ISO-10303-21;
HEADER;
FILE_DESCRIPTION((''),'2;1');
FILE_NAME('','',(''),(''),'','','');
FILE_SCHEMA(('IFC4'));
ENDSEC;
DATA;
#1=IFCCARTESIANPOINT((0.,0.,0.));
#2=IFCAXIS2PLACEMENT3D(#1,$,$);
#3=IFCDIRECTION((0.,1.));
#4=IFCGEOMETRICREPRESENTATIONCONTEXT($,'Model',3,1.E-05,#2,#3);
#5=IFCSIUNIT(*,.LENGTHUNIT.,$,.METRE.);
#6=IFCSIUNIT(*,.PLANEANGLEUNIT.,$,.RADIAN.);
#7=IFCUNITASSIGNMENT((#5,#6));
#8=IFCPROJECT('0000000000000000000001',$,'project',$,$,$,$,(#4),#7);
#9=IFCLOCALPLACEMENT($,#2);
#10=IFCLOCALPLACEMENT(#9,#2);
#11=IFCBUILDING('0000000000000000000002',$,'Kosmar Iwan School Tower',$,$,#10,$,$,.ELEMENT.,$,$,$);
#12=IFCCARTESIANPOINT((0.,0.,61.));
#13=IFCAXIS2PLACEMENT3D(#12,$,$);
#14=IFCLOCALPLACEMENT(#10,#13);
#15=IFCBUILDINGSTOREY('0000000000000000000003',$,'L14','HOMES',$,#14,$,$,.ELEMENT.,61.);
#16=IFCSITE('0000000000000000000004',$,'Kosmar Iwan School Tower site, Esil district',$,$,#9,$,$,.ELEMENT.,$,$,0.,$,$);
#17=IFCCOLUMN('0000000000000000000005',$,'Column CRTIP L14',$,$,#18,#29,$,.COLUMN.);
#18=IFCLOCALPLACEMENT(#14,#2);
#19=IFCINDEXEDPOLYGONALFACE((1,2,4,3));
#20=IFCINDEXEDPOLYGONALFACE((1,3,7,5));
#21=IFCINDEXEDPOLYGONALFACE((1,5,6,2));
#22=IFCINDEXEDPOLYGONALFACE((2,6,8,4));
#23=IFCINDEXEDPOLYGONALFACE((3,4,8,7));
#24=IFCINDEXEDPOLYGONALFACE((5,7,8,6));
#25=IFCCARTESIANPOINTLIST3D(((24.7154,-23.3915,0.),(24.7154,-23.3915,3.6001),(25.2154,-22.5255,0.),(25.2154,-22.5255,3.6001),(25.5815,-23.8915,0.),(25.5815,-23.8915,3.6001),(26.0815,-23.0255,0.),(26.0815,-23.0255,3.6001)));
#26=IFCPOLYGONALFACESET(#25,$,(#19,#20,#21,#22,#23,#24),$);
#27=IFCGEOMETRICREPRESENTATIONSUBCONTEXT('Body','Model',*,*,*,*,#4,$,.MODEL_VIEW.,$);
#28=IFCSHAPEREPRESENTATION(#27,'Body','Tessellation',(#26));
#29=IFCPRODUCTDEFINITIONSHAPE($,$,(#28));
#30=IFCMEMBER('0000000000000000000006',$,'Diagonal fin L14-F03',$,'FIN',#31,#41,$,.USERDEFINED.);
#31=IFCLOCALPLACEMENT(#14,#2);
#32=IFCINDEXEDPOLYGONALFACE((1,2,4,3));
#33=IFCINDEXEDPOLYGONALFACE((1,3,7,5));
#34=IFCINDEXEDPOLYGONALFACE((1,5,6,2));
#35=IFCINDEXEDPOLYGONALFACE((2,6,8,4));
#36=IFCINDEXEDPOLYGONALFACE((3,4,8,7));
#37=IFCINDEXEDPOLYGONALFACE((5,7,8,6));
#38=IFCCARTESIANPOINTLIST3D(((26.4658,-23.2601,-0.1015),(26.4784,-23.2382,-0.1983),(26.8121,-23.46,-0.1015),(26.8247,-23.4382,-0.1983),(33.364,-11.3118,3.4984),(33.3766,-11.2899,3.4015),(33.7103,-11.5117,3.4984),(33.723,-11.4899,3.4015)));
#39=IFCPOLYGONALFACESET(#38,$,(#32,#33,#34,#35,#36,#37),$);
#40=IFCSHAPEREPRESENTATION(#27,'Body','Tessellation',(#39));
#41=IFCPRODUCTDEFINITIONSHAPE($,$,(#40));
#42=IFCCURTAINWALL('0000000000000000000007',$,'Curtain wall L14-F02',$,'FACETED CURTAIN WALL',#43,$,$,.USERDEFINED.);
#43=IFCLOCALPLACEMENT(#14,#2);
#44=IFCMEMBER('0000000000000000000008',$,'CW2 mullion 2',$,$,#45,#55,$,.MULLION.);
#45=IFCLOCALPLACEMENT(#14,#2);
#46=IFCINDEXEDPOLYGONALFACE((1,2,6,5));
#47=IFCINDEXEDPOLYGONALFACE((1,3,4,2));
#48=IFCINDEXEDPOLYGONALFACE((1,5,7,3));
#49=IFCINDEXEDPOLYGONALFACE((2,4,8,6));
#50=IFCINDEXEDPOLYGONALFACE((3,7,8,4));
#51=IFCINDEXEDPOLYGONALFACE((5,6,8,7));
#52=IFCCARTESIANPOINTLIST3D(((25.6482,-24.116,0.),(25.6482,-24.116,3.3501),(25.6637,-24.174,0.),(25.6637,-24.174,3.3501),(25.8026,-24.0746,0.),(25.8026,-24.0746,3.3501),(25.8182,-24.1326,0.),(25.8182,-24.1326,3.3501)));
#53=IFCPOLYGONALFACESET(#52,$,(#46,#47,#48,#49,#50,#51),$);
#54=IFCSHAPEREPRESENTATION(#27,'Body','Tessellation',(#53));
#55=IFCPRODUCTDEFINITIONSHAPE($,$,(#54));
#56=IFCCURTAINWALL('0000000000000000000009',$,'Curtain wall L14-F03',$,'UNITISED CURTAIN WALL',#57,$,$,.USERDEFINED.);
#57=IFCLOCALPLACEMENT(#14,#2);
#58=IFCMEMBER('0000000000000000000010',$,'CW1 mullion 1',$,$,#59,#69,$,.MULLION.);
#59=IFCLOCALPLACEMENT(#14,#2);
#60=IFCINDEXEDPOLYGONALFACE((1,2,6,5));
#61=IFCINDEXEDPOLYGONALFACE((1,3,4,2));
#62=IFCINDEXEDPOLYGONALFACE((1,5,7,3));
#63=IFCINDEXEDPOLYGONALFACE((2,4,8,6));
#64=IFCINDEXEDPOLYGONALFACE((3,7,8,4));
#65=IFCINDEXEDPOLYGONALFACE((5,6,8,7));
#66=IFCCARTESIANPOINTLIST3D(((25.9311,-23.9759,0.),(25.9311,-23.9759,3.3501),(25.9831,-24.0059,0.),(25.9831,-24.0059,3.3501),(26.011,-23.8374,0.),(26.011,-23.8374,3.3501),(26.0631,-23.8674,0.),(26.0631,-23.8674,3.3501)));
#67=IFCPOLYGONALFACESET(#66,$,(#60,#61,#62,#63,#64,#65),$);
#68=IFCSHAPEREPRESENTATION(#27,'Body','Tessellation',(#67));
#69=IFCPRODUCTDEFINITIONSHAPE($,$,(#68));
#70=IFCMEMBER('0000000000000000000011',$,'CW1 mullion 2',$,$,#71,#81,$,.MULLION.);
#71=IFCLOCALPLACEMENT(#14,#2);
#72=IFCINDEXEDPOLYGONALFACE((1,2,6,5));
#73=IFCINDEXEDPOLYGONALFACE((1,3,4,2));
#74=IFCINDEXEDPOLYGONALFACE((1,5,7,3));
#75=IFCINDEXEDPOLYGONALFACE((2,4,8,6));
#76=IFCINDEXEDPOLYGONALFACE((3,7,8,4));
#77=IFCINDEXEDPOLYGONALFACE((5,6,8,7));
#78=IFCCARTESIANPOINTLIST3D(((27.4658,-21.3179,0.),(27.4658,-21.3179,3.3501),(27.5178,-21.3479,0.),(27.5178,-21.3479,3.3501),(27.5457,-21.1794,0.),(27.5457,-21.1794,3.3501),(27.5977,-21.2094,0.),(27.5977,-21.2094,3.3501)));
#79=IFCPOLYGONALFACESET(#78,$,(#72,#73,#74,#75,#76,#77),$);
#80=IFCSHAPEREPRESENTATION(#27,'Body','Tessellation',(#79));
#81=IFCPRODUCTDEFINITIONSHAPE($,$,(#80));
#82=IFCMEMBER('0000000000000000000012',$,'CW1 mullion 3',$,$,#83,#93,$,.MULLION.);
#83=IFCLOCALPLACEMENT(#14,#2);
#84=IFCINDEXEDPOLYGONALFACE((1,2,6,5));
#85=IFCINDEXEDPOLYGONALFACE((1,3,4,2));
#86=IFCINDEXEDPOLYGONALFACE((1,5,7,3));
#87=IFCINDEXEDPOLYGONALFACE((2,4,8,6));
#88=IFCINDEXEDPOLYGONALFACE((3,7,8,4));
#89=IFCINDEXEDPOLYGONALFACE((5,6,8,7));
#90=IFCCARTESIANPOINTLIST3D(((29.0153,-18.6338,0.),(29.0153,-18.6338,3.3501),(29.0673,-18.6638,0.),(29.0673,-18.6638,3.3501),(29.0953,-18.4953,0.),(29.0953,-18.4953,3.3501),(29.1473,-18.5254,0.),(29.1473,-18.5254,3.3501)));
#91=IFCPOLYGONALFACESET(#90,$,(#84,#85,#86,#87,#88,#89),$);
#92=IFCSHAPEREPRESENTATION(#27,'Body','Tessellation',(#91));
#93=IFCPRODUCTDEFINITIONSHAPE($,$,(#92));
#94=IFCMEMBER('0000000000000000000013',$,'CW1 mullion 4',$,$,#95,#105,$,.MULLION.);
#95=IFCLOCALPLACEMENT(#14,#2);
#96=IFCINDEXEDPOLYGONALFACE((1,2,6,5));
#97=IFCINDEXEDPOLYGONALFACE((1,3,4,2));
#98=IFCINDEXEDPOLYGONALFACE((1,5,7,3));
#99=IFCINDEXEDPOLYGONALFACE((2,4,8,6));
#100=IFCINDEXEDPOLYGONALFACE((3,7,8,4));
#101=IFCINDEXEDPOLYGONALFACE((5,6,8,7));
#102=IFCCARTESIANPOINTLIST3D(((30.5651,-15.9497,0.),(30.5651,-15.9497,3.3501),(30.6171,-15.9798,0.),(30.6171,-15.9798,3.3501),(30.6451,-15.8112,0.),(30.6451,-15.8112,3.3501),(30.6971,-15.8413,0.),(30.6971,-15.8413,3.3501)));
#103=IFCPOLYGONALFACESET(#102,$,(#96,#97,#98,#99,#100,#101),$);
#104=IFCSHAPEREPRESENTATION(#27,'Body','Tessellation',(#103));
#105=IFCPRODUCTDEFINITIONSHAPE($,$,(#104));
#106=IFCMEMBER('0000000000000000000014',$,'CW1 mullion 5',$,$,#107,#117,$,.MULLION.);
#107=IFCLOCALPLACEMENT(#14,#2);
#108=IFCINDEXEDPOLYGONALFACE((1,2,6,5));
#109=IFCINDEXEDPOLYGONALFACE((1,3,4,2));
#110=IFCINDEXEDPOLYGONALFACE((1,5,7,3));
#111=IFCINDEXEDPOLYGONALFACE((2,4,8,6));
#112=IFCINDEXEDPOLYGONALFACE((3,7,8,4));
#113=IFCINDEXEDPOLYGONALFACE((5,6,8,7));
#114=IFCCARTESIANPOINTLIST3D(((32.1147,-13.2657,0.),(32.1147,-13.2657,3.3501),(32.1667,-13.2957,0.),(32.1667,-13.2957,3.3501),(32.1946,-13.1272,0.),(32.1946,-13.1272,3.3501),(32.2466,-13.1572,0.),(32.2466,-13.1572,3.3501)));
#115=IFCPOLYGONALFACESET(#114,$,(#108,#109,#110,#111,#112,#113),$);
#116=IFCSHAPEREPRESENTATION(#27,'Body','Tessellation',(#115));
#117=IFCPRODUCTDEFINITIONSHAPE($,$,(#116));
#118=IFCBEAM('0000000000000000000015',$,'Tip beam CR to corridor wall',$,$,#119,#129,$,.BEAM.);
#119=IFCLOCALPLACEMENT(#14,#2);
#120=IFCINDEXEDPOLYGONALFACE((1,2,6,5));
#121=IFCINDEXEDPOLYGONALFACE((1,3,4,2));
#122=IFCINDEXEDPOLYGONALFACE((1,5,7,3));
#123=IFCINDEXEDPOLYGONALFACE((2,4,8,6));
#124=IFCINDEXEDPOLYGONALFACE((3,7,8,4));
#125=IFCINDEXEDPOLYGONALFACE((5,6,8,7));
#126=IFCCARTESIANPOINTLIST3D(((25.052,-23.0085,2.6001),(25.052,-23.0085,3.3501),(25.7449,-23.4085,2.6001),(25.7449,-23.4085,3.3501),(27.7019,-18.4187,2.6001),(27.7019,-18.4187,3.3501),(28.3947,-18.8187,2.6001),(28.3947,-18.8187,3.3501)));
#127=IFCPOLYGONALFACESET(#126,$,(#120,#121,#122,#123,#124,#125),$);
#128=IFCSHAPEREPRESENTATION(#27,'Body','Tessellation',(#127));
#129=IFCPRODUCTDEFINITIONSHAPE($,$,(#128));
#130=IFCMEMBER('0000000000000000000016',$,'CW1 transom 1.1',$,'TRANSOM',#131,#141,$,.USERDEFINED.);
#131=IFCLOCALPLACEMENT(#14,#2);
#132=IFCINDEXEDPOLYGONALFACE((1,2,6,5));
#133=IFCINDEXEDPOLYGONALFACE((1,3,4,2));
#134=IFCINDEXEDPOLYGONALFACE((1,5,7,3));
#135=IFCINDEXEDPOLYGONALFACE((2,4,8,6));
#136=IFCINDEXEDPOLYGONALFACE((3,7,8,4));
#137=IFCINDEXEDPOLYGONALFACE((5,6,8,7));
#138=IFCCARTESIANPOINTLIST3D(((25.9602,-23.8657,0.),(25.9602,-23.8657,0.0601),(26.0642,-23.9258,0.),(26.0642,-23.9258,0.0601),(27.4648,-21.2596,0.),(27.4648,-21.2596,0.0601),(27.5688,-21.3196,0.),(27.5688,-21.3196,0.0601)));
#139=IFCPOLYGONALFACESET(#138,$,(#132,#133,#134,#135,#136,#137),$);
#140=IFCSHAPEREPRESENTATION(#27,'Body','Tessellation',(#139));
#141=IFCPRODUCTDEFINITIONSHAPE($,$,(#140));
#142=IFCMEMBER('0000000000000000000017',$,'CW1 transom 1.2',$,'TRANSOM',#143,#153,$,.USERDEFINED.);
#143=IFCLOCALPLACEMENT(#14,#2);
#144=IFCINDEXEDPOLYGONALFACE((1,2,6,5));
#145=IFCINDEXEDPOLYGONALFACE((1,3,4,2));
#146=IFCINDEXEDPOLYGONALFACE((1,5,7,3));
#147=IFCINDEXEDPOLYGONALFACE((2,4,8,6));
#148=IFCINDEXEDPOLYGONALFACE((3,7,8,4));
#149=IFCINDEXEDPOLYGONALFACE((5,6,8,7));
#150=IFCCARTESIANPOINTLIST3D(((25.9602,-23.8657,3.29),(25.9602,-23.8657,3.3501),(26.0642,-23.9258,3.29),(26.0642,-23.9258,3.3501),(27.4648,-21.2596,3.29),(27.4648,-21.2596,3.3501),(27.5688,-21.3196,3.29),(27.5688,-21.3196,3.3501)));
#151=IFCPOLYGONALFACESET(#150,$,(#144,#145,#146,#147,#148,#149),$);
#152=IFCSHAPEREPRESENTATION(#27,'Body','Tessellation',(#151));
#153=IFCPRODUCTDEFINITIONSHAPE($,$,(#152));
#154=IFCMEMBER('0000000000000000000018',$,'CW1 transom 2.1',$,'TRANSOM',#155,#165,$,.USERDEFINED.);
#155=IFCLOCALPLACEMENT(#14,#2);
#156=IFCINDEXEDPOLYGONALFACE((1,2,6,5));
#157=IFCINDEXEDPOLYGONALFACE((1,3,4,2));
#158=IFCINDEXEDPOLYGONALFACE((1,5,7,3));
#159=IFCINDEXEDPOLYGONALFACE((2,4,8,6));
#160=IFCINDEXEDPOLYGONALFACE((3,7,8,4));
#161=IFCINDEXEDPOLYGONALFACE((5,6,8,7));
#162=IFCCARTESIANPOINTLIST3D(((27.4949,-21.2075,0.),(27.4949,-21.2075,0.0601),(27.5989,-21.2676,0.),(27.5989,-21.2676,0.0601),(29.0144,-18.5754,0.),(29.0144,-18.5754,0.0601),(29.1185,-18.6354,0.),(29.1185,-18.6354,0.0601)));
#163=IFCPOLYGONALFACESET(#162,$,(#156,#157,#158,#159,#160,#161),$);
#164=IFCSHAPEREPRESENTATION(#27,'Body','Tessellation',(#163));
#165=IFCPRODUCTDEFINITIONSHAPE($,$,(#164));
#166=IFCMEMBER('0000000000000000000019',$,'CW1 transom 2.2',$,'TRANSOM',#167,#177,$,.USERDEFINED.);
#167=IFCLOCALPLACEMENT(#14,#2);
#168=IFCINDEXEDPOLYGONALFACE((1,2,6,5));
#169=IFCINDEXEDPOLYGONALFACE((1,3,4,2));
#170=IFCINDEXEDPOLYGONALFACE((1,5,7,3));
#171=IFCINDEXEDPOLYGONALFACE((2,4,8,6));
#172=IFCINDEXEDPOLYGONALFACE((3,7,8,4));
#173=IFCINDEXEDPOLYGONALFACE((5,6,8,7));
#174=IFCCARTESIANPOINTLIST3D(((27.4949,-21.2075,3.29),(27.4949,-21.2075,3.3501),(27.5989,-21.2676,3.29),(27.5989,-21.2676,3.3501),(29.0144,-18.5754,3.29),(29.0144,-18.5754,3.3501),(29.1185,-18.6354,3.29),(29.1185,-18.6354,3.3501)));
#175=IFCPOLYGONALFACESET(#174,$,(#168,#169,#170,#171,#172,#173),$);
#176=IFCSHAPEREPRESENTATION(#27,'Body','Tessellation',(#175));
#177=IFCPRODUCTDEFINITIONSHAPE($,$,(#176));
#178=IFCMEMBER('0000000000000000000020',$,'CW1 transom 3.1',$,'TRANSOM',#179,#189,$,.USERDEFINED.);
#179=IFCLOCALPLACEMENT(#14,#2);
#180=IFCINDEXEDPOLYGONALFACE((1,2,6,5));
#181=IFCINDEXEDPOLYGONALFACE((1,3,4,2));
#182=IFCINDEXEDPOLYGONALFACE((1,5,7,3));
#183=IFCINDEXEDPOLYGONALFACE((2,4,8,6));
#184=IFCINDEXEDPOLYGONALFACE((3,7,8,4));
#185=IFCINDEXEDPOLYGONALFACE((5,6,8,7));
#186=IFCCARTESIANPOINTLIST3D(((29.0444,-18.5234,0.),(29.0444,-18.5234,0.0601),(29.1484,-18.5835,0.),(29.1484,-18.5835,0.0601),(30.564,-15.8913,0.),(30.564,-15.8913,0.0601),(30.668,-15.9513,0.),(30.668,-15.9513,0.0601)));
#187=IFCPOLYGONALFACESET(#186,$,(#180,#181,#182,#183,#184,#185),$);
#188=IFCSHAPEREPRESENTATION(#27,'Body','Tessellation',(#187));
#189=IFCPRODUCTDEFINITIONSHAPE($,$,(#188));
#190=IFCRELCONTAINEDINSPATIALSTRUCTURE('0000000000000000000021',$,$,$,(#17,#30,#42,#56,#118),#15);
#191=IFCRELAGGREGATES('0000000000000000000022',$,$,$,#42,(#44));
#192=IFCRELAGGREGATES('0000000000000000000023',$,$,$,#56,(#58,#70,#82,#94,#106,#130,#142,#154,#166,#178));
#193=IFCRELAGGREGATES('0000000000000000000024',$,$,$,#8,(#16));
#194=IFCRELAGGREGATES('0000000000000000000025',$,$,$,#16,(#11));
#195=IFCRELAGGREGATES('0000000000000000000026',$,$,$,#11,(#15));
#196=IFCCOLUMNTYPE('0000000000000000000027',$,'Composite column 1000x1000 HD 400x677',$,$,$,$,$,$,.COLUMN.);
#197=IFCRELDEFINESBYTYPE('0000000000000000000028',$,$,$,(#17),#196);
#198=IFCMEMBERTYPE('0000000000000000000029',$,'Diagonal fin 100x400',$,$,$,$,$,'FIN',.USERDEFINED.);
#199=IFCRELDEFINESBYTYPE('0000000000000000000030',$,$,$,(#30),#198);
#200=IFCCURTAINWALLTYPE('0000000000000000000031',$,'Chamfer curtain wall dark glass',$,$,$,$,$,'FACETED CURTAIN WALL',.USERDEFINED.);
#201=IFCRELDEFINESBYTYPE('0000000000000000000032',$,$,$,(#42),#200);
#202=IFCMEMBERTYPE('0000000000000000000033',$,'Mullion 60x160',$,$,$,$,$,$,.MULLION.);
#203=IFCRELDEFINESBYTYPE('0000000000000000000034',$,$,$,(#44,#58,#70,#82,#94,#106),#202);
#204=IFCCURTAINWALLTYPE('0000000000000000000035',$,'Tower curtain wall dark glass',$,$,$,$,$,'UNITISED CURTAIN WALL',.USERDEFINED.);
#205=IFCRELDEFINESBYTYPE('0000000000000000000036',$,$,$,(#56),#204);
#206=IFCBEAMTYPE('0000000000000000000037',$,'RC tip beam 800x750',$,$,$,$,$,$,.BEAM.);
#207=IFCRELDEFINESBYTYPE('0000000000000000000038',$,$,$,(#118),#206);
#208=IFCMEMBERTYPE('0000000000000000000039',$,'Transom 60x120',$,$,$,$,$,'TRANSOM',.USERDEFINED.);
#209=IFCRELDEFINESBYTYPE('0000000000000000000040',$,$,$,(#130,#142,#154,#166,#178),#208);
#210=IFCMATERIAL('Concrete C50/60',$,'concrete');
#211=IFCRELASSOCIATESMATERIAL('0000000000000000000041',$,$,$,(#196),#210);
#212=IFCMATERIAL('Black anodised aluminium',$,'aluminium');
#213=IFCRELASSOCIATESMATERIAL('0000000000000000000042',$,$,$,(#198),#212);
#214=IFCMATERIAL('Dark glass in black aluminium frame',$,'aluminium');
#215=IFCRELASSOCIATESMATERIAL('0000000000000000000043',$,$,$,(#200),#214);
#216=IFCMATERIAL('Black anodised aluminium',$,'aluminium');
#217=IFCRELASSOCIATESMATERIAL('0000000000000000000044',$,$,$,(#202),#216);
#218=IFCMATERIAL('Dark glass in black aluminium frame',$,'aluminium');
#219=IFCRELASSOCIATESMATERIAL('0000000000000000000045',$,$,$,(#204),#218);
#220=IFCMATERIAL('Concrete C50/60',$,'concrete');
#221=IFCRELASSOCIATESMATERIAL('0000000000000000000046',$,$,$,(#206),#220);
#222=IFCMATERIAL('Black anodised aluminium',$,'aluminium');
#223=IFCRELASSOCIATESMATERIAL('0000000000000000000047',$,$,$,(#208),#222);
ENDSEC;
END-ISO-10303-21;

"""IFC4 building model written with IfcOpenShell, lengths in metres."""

from ifc_helpers import new_model, si_unit, direction, frame, origin, origin_2d, place, context, subcontext, project, spatial, rectangle, extrude, material, material_profile, profile_set, type_object, element, aggregate, save


model = new_model("IFC4")

# Units and contexts
model_context = context("Model", 3, precision=1e-05, world=origin(), true_north=direction((0.0, 1.0)))
body_context = subcontext(model_context, "Body", "Model", "MODEL_VIEW")
ifc_project = project(units=[si_unit("LENGTHUNIT", "METRE"), si_unit("PLANEANGLEUNIT", "RADIAN")], contexts=[model_context])

# Site, building, storey
site_placement = place(None, origin())
site = spatial("IfcSite", under=ifc_project, at=site_placement, Name="Kosmar Iwan School Tower site, Esil district", CompositionType="ELEMENT", RefElevation=0.0)
building_placement = place(site_placement, origin())
building = spatial("IfcBuilding", under=site, at=building_placement, Name="Kosmar Iwan School Tower", CompositionType="ELEMENT")
storey_placement = place(building_placement, frame((0.0, 0.0, 61.0)))
storey = spatial("IfcBuildingStorey", under=building, at=storey_placement, Name="L14", Description="HOMES", CompositionType="ELEMENT", Elevation=61.0)

# Column
ifc_material_1 = material(Name="Concrete C50/60", Category="concrete")
ifc_material_profile_1 = material_profile(ifc_material_1, rectangle(XDim=1.0, YDim=1.0, at=origin_2d()), Name="RC 1000x1000 + HD 400x677")
ifc_profile_set_1 = profile_set([ifc_material_profile_1], Name="Concrete C50/60")
column_type = type_object("IfcColumnType", Name="Composite column 1000x1000 HD 400x677", PredefinedType="COLUMN", material=ifc_profile_set_1)
column_placement = place(storey_placement, frame((25.3984, -23.2085, 0.0), z_axis=(0.0, 0.0, 1.0), x_axis=(0.866025, -0.5, 0.0)))
element("IfcColumn", 1, at=column_placement, inside=storey, type_object=column_type, Name="Column CRTIP L14", PredefinedType="COLUMN", context=body_context, shape_type="SweptSolid", body=[
    extrude(rectangle(XDim=1.0, YDim=1.0, at=origin_2d()), origin(), (0.0, 0.0, 1.0), 3.6001),
])

# Member
ifc_material_2 = material(Name="Black anodised aluminium", Category="aluminium")
ifc_material_profile_2 = material_profile(ifc_material_2, rectangle(XDim=0.1001, YDim=0.3999, at=origin_2d()), Name="FIN 100x400")
ifc_profile_set_2 = profile_set([ifc_material_profile_2], Name="Black anodised aluminium")
member_type_1 = type_object("IfcMemberType", Name="Diagonal fin 100x400", ElementType="FIN", PredefinedType="USERDEFINED", material=ifc_profile_set_2)
member_1_placement = place(storey_placement, frame((26.6453, -23.3491, -0.1499), z_axis=(0.483796, 0.837974, 0.252471), x_axis=(-0.126234, -0.218647, 0.967604)))
element("IfcMember", 2, at=member_1_placement, inside=storey, type_object=member_type_1, Name="Diagonal fin L14-F03", ObjectType="FIN", PredefinedType="USERDEFINED", context=body_context, shape_type="SweptSolid", body=[
    extrude(rectangle(XDim=0.1001, YDim=0.3999, at=origin_2d()), origin(), (0.0, 0.0, 1.0), 14.2585),
])

# Curtain wall, member
ifc_material_3 = material(Name="Dark glass in black aluminium frame", Category="aluminium")
curtain_wall_type_1 = type_object("IfcCurtainWallType", Name="Chamfer curtain wall dark glass", ElementType="FACETED CURTAIN WALL", PredefinedType="USERDEFINED", material=ifc_material_3)
curtain_wall_1_placement = place(storey_placement, origin())
curtain_wall_1 = element("IfcCurtainWall", 3, at=curtain_wall_1_placement, inside=storey, type_object=curtain_wall_type_1, Name="Curtain wall L14-F02", ObjectType="FACETED CURTAIN WALL", PredefinedType="USERDEFINED")
ifc_material_4 = material(Name="Black anodised aluminium", Category="aluminium")
ifc_material_profile_3 = material_profile(ifc_material_4, rectangle(XDim=0.0601, YDim=0.1599, at=origin_2d()), Name="MULLION 60x160")
ifc_profile_set_3 = profile_set([ifc_material_profile_3], Name="Black anodised aluminium")
member_type_2 = type_object("IfcMemberType", Name="Mullion 60x160", PredefinedType="MULLION", material=ifc_profile_set_3)
member_2_placement = place(storey_placement, frame((25.7332, -24.1243, 0.0), z_axis=(0.0, 0.0, 1.0), x_axis=(-0.258819, 0.965926, 0.0)))
member_2 = element("IfcMember", 4, at=member_2_placement, type_object=member_type_2, Name="CW2 mullion 2", PredefinedType="MULLION", context=body_context, shape_type="SweptSolid", body=[
    extrude(rectangle(XDim=0.0601, YDim=0.1599, at=origin_2d()), origin(), (0.0, 0.0, 1.0), 3.3501),
])

# Curtain wall, members
ifc_material_5 = material(Name="Dark glass in black aluminium frame", Category="aluminium")
curtain_wall_type_2 = type_object("IfcCurtainWallType", Name="Tower curtain wall dark glass", ElementType="UNITISED CURTAIN WALL", PredefinedType="USERDEFINED", material=ifc_material_5)
curtain_wall_2_placement = place(storey_placement, origin())
curtain_wall_2 = element("IfcCurtainWall", 5, at=curtain_wall_2_placement, inside=storey, type_object=curtain_wall_type_2, Name="Curtain wall L14-F03", ObjectType="UNITISED CURTAIN WALL", PredefinedType="USERDEFINED")
member_3_placement = place(storey_placement, frame((25.9971, -23.9216, 0.0), z_axis=(0.0, 0.0, 1.0), x_axis=(-0.866025, 0.5, 0.0)))
member_3 = element("IfcMember", 6, at=member_3_placement, type_object=member_type_2, Name="CW1 mullion 1", PredefinedType="MULLION", context=body_context, shape_type="SweptSolid", body=[
    extrude(rectangle(XDim=0.0601, YDim=0.1599, at=origin_2d()), origin(), (0.0, 0.0, 1.0), 3.3501),
])
member_4_placement = place(storey_placement, frame((27.5317, -21.2637, 0.0), z_axis=(0.0, 0.0, 1.0), x_axis=(-0.866025, 0.5, 0.0)))
member_4 = element("IfcMember", 7, at=member_4_placement, type_object=member_type_2, Name="CW1 mullion 2", PredefinedType="MULLION", context=body_context, shape_type="SweptSolid", body=[
    extrude(rectangle(XDim=0.0601, YDim=0.1599, at=origin_2d()), origin(), (0.0, 0.0, 1.0), 3.3501),
])
member_5_placement = place(storey_placement, frame((29.0813, -18.5796, 0.0), z_axis=(0.0, 0.0, 1.0), x_axis=(-0.866025, 0.5, 0.0)))
member_5 = element("IfcMember", 8, at=member_5_placement, type_object=member_type_2, Name="CW1 mullion 3", PredefinedType="MULLION", context=body_context, shape_type="SweptSolid", body=[
    extrude(rectangle(XDim=0.0601, YDim=0.1599, at=origin_2d()), origin(), (0.0, 0.0, 1.0), 3.3501),
])
member_6_placement = place(storey_placement, frame((30.6311, -15.8955, 0.0), z_axis=(0.0, 0.0, 1.0), x_axis=(-0.866025, 0.5, 0.0)))
member_6 = element("IfcMember", 9, at=member_6_placement, type_object=member_type_2, Name="CW1 mullion 4", PredefinedType="MULLION", context=body_context, shape_type="SweptSolid", body=[
    extrude(rectangle(XDim=0.0601, YDim=0.1599, at=origin_2d()), origin(), (0.0, 0.0, 1.0), 3.3501),
])
member_7_placement = place(storey_placement, frame((32.1807, -13.2114, 0.0), z_axis=(0.0, 0.0, 1.0), x_axis=(-0.866025, 0.5, 0.0)))
member_7 = element("IfcMember", 10, at=member_7_placement, type_object=member_type_2, Name="CW1 mullion 5", PredefinedType="MULLION", context=body_context, shape_type="SweptSolid", body=[
    extrude(rectangle(XDim=0.0601, YDim=0.1599, at=origin_2d()), origin(), (0.0, 0.0, 1.0), 3.3501),
])

# Beam
ifc_material_6 = material(Name="Concrete C50/60", Category="concrete")
ifc_material_profile_4 = material_profile(ifc_material_6, rectangle(XDim=0.8, YDim=0.75, at=origin_2d()), Name="RC 800x750")
ifc_profile_set_4 = profile_set([ifc_material_profile_4], Name="Concrete C50/60")
beam_type = type_object("IfcBeamType", Name="RC tip beam 800x750", PredefinedType="BEAM", material=ifc_profile_set_4)
beam_placement = place(storey_placement, frame((25.3984, -23.2085, 2.9751), z_axis=(0.499994, 0.866029, 0.0), x_axis=(-0.866029, 0.499994, 0.0)))
element("IfcBeam", 11, at=beam_placement, inside=storey, type_object=beam_type, Name="Tip beam CR to corridor wall", PredefinedType="BEAM", context=body_context, shape_type="SweptSolid", body=[
    extrude(rectangle(XDim=0.8, YDim=0.75, at=origin_2d()), origin(), (0.0, 0.0, 1.0), 5.2998),
])

# Members
ifc_material_7 = material(Name="Black anodised aluminium", Category="aluminium")
ifc_material_profile_5 = material_profile(ifc_material_7, rectangle(XDim=0.1201, YDim=0.0601, at=origin_2d()), Name="TRANSOM 60x120")
ifc_profile_set_5 = profile_set([ifc_material_profile_5], Name="Black anodised aluminium")
member_type_3 = type_object("IfcMemberType", Name="Transom 60x120", ElementType="TRANSOM", PredefinedType="USERDEFINED", material=ifc_profile_set_5)
member_8_placement = place(storey_placement, frame((26.0122, -23.8958, 0.03), z_axis=(0.499987, 0.866033, 0.0), x_axis=(-0.866033, 0.499987, 0.0)))
member_8 = element("IfcMember", 12, at=member_8_placement, type_object=member_type_3, Name="CW1 transom 1.1", ObjectType="TRANSOM", PredefinedType="USERDEFINED", context=body_context, shape_type="SweptSolid", body=[
    extrude(rectangle(XDim=0.1201, YDim=0.0601, at=origin_2d()), origin(), (0.0, 0.0, 1.0), 3.0093),
])
member_9_placement = place(storey_placement, frame((26.0122, -23.8958, 3.3201), z_axis=(0.499987, 0.866033, 0.0), x_axis=(-0.866033, 0.499987, 0.0)))
member_9 = element("IfcMember", 13, at=member_9_placement, type_object=member_type_3, Name="CW1 transom 1.2", ObjectType="TRANSOM", PredefinedType="USERDEFINED", context=body_context, shape_type="SweptSolid", body=[
    extrude(rectangle(XDim=0.1201, YDim=0.0601, at=origin_2d()), origin(), (0.0, 0.0, 1.0), 3.0093),
])
member_10_placement = place(storey_placement, frame((27.5469, -21.2375, 0.03), z_axis=(0.499975, 0.86604, 0.0), x_axis=(-0.86604, 0.499975, 0.0)))
member_10 = element("IfcMember", 14, at=member_10_placement, type_object=member_type_3, Name="CW1 transom 2.1", ObjectType="TRANSOM", PredefinedType="USERDEFINED", context=body_context, shape_type="SweptSolid", body=[
    extrude(rectangle(XDim=0.1201, YDim=0.0601, at=origin_2d()), origin(), (0.0, 0.0, 1.0), 3.0393),
])
member_11_placement = place(storey_placement, frame((27.5469, -21.2375, 3.3201), z_axis=(0.499975, 0.86604, 0.0), x_axis=(-0.86604, 0.499975, 0.0)))
member_11 = element("IfcMember", 15, at=member_11_placement, type_object=member_type_3, Name="CW1 transom 2.2", ObjectType="TRANSOM", PredefinedType="USERDEFINED", context=body_context, shape_type="SweptSolid", body=[
    extrude(rectangle(XDim=0.1201, YDim=0.0601, at=origin_2d()), origin(), (0.0, 0.0, 1.0), 3.0393),
])
member_12_placement = place(storey_placement, frame((29.0964, -18.5535, 0.03), z_axis=(0.499975, 0.86604, 0.0), x_axis=(-0.86604, 0.499975, 0.0)))
member_12 = element("IfcMember", 16, at=member_12_placement, type_object=member_type_3, Name="CW1 transom 3.1", ObjectType="TRANSOM", PredefinedType="USERDEFINED", context=body_context, shape_type="SweptSolid", body=[
    extrude(rectangle(XDim=0.1201, YDim=0.0601, at=origin_2d()), origin(), (0.0, 0.0, 1.0), 3.0393),
])

aggregate(curtain_wall_1, [member_2])
aggregate(curtain_wall_2, [member_3, member_4, member_5, member_6, member_7, member_8, member_9, member_10, member_11, member_12])

save(model, "model.ifc")
